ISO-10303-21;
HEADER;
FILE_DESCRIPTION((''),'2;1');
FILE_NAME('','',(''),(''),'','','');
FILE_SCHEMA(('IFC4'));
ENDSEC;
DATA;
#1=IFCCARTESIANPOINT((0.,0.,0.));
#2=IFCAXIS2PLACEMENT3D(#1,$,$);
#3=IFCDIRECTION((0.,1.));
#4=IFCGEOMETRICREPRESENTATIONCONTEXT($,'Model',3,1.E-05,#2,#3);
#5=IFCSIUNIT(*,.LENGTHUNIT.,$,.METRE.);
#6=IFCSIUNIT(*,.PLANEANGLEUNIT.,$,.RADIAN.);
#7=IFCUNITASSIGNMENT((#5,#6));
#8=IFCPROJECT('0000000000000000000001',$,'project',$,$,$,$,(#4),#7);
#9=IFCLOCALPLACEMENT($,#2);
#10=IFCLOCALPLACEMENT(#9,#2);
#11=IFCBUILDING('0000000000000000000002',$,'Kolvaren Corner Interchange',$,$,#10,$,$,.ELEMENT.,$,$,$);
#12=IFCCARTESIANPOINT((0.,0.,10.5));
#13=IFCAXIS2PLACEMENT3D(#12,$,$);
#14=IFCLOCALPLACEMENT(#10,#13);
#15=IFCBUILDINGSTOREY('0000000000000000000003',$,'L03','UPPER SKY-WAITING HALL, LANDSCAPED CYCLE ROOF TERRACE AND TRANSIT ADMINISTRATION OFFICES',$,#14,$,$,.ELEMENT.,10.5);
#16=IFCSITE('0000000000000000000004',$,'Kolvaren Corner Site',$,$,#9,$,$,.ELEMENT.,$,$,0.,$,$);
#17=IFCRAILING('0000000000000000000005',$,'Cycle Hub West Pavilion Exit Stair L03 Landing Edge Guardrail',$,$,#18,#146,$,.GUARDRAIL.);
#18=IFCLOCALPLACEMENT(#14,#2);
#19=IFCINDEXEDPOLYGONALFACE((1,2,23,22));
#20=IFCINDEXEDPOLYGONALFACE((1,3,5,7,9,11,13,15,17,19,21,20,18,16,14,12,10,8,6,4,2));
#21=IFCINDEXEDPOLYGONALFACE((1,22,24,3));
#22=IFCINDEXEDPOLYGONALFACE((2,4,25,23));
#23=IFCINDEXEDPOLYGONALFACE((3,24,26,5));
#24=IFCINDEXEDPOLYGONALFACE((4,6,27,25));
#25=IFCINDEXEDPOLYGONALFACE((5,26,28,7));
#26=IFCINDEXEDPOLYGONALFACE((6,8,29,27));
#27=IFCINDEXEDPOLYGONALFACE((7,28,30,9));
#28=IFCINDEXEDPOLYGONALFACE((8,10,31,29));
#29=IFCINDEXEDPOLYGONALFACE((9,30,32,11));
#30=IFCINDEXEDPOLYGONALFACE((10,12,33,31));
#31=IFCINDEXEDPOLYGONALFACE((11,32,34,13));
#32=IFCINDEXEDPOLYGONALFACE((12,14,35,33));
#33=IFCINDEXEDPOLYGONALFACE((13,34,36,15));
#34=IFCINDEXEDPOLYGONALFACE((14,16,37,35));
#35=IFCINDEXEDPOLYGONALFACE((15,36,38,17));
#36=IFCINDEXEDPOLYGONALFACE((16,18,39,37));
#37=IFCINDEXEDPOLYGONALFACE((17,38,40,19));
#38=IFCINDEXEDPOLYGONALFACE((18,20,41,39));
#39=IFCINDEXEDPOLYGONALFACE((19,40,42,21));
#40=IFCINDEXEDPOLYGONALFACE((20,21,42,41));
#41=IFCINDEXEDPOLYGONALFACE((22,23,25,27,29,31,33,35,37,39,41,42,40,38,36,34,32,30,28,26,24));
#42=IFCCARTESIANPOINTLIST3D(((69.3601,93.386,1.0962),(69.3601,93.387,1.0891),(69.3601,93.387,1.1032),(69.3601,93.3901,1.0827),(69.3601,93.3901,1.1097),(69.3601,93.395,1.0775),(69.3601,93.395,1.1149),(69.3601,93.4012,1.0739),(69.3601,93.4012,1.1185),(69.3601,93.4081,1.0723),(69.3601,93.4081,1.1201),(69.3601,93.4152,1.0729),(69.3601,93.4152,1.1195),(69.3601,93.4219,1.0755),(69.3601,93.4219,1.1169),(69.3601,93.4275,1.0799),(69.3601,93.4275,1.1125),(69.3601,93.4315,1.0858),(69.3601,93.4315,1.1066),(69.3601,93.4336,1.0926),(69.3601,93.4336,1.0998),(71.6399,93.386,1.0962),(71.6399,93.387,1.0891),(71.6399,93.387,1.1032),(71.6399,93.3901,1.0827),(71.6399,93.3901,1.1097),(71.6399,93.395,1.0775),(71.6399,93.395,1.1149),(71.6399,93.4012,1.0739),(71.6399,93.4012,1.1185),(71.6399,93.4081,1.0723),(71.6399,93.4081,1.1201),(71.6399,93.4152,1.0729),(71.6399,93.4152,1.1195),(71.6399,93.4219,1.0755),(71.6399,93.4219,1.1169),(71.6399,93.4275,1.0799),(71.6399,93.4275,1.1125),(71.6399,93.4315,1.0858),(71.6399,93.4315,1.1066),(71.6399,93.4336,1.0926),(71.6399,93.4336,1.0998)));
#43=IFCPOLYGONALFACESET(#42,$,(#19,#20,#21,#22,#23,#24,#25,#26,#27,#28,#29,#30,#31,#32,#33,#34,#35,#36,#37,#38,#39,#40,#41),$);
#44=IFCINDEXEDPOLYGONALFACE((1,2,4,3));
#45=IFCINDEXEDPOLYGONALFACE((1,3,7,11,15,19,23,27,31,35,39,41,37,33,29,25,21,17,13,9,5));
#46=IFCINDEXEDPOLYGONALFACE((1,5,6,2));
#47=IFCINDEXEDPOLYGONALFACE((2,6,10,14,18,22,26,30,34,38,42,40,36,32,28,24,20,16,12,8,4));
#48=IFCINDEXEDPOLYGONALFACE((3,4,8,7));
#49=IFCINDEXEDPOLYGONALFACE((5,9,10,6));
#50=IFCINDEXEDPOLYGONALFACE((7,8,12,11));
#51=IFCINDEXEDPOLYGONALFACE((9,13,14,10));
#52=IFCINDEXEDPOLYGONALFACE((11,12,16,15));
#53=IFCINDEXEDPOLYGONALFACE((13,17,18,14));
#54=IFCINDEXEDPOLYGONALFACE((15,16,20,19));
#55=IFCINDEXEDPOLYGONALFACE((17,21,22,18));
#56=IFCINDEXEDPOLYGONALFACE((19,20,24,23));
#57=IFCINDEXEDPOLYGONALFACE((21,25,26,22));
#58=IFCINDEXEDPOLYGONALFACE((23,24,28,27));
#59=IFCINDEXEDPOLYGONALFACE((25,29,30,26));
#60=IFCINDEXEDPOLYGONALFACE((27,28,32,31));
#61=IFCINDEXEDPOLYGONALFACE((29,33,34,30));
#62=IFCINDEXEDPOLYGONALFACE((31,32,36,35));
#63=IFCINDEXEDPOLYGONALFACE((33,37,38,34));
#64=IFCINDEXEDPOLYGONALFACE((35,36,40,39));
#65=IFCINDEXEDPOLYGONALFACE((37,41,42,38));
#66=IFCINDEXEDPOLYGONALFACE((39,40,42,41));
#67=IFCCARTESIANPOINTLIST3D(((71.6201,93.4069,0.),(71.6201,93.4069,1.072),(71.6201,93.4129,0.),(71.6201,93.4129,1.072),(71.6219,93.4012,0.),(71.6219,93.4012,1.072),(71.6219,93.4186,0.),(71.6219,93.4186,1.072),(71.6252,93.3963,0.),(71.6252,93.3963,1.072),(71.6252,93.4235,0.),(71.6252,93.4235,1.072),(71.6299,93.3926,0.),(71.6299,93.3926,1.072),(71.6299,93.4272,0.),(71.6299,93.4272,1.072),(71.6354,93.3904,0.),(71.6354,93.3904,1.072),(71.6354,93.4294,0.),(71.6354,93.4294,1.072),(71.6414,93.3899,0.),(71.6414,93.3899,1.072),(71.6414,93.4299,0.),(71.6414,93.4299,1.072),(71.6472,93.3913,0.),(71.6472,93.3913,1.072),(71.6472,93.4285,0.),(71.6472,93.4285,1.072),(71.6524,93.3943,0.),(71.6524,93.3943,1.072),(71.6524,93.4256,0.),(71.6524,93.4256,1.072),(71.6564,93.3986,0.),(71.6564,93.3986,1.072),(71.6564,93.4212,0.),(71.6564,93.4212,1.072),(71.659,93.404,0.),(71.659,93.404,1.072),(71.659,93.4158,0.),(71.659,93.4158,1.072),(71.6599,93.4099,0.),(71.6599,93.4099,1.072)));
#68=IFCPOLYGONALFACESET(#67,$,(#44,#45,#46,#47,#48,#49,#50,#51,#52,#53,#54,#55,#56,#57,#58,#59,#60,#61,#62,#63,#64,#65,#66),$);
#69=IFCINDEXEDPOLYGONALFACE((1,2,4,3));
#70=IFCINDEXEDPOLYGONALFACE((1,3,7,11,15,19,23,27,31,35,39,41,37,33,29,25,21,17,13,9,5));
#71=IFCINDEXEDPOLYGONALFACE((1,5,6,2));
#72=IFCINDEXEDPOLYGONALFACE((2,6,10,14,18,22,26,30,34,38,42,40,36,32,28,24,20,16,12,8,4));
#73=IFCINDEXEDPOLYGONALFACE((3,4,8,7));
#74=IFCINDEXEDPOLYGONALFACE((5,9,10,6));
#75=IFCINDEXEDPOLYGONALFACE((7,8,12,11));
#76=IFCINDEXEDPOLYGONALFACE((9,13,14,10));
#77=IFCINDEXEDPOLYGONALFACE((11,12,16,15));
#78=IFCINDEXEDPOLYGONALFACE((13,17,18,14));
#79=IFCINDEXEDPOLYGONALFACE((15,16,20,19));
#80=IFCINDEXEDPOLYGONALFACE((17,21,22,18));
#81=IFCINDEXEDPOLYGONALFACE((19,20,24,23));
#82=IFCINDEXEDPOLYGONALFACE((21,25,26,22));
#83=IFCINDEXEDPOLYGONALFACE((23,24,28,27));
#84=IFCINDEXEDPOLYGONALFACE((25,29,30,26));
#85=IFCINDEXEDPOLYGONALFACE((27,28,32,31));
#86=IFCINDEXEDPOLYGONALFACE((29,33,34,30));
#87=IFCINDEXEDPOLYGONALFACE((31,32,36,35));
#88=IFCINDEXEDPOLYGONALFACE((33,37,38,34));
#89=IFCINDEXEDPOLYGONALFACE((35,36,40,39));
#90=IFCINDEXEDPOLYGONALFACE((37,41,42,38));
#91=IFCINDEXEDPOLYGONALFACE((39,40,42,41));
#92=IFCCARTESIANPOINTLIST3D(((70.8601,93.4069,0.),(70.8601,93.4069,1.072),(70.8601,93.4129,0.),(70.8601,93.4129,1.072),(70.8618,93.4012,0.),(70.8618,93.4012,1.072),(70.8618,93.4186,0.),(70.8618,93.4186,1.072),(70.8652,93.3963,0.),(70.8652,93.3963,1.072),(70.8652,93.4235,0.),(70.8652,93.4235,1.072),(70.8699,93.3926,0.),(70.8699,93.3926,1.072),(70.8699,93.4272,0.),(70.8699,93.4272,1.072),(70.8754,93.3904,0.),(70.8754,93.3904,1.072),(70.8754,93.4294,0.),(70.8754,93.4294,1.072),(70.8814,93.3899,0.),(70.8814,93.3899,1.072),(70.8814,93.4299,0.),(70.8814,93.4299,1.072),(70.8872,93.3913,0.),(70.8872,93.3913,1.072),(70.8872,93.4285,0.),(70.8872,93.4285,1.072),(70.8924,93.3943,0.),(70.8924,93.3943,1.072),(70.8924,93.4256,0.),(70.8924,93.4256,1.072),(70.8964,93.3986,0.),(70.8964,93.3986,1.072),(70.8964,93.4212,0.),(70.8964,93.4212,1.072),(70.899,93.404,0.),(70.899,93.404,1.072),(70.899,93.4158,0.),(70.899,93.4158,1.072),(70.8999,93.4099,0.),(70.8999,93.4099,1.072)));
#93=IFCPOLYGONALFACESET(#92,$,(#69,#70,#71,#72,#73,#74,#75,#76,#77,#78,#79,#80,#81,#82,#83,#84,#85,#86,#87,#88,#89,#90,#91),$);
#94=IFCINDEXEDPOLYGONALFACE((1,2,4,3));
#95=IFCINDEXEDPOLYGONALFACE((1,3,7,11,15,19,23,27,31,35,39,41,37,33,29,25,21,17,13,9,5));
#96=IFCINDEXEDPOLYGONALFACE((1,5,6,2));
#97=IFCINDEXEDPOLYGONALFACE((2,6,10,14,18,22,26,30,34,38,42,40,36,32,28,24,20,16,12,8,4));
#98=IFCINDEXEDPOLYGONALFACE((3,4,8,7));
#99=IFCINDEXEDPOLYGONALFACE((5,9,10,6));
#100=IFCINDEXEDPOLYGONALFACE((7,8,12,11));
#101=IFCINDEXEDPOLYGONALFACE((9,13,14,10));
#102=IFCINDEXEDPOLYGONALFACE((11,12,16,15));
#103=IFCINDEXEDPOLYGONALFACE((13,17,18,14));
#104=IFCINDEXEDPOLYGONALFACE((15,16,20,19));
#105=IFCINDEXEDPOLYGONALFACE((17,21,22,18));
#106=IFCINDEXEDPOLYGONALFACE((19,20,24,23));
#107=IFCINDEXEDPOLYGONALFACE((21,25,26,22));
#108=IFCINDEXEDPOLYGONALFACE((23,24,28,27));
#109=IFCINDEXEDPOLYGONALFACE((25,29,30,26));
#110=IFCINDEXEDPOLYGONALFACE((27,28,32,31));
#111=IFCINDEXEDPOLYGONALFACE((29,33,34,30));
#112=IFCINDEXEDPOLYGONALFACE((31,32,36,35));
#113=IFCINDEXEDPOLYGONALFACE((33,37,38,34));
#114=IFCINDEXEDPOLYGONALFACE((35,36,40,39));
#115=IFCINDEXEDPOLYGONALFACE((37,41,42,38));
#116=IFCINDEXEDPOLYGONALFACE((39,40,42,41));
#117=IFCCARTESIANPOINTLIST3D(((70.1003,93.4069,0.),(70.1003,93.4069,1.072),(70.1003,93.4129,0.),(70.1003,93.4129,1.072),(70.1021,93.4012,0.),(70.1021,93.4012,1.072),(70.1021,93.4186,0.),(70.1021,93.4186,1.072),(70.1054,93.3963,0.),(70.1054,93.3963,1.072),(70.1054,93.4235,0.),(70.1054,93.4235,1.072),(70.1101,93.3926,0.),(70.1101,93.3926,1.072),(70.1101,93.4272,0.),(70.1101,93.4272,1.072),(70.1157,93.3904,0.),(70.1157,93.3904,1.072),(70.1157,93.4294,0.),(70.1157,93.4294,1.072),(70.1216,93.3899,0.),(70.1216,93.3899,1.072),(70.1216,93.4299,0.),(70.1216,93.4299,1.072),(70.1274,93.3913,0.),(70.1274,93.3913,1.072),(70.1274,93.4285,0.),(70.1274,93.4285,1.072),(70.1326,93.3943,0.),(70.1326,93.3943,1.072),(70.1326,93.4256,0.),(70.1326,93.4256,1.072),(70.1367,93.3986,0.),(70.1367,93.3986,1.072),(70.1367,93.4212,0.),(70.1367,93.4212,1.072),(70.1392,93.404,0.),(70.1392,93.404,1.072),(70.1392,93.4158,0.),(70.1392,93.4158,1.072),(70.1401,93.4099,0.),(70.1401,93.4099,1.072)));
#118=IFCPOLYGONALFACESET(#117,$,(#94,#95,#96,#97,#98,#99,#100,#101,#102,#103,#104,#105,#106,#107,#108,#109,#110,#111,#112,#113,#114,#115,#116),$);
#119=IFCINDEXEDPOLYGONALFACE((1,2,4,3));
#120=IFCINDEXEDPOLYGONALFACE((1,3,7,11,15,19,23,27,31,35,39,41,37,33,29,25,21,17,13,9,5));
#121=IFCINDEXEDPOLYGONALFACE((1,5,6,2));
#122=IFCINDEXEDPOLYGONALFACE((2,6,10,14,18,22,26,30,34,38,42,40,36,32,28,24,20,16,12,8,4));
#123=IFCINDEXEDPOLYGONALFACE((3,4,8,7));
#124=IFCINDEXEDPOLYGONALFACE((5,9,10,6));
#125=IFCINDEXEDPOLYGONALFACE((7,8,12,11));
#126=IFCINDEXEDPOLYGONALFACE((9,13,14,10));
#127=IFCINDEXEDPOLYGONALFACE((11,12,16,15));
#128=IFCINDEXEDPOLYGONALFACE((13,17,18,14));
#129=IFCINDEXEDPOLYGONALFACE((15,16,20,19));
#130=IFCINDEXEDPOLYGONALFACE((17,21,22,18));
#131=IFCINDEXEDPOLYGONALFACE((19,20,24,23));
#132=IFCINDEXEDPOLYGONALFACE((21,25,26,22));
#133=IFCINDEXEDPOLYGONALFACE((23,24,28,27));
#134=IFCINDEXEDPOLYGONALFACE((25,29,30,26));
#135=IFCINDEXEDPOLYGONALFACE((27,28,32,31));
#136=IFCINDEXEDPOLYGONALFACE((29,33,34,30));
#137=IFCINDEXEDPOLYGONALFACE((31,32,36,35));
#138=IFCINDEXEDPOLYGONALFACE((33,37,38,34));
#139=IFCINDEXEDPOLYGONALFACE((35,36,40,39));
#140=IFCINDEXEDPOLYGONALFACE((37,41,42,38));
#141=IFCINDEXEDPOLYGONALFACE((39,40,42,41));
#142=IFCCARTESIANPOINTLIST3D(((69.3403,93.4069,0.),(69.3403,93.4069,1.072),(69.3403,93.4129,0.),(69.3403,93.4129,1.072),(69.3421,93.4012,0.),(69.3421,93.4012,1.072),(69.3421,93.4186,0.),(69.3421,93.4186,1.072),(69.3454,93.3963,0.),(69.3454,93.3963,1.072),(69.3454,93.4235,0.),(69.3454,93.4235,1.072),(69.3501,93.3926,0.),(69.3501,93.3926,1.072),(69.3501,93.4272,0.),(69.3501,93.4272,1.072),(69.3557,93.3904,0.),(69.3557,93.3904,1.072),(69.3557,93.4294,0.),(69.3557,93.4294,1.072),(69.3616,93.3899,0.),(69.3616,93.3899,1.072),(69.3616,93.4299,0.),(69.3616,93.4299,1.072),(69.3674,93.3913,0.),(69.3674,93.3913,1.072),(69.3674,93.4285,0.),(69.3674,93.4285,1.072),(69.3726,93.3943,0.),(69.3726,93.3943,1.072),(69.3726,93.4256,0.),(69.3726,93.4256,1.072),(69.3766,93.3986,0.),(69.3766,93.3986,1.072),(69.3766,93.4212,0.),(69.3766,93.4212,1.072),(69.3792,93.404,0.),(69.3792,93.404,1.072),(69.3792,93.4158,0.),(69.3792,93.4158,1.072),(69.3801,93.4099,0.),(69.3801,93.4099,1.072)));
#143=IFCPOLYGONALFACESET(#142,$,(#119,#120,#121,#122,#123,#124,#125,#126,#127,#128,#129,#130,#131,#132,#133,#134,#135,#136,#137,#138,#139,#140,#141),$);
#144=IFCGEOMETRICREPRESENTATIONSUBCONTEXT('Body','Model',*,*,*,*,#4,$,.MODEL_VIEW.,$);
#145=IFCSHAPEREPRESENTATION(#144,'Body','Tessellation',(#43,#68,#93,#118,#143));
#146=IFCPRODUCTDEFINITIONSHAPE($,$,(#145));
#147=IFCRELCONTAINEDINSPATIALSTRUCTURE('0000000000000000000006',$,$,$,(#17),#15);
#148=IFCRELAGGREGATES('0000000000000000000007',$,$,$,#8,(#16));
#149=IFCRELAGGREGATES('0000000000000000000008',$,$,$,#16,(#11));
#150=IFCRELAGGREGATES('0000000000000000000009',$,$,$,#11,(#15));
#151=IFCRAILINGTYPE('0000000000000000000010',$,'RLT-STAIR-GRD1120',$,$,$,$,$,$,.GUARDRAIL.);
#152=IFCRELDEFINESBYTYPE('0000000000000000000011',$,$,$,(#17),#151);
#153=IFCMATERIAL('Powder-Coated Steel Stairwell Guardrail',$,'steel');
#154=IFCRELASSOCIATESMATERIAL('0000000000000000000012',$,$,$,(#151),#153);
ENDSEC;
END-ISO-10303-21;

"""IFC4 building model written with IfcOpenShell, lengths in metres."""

from ifc_helpers import new_model, si_unit, direction, frame, origin, origin_2d, place, context, subcontext, project, spatial, circle, extrude, material, type_object, element, save


model = new_model("IFC4")

# Units and contexts
model_context = context("Model", 3, precision=1e-05, world=origin(), true_north=direction((0.0, 1.0)))
body_context = subcontext(model_context, "Body", "Model", "MODEL_VIEW")
ifc_project = project(units=[si_unit("LENGTHUNIT", "METRE"), si_unit("PLANEANGLEUNIT", "RADIAN")], contexts=[model_context])

# Site, building, storey
site_placement = place(None, origin())
site = spatial("IfcSite", under=ifc_project, at=site_placement, Name="Kolvaren Corner Site", CompositionType="ELEMENT", RefElevation=0.0)
building_placement = place(site_placement, origin())
building = spatial("IfcBuilding", under=site, at=building_placement, Name="Kolvaren Corner Interchange", CompositionType="ELEMENT")
storey_placement = place(building_placement, frame((0.0, 0.0, 10.5)))
storey = spatial("IfcBuildingStorey", under=building, at=storey_placement, Name="L03", Description="UPPER SKY-WAITING HALL, LANDSCAPED CYCLE ROOF TERRACE AND TRANSIT ADMINISTRATION OFFICES", CompositionType="ELEMENT", Elevation=10.5)

# Railing
ifc_material_1 = material(Name="Powder-Coated Steel Stairwell Guardrail", Category="steel")
railing_type = type_object("IfcRailingType", Name="RLT-STAIR-GRD1120", PredefinedType="GUARDRAIL", material=ifc_material_1)
railing_placement = place(storey_placement, frame((71.6399, 93.4099, 0.0)))
element("IfcRailing", 1, at=railing_placement, inside=storey, type_object=railing_type, Name="Cycle Hub West Pavilion Exit Stair L03 Landing Edge Guardrail", PredefinedType="GUARDRAIL", context=body_context, shape_type="SweptSolid", body=[
    extrude(circle(Radius=0.0239, at=origin_2d()), frame((0.0, 0.0, 1.0962), z_axis=(-1.0, 0.0, 0.0), x_axis=(0.0, -1.0, 0.0)), (0.0, 0.0, 1.0), 2.2798),
    extrude(circle(Radius=0.02, at=origin_2d()), origin(), (0.0, 0.0, 1.0), 1.072),
    extrude(circle(Radius=0.02, at=origin_2d()), frame((-0.76, 0.0, 0.0)), (0.0, 0.0, 1.0), 1.072),
    extrude(circle(Radius=0.02, at=origin_2d()), frame((-1.5198, 0.0, 0.0)), (0.0, 0.0, 1.0), 1.072),
    extrude(circle(Radius=0.02, at=origin_2d()), frame((-2.2798, 0.0, 0.0)), (0.0, 0.0, 1.0), 1.072),
])

save(model, "model.ifc")
